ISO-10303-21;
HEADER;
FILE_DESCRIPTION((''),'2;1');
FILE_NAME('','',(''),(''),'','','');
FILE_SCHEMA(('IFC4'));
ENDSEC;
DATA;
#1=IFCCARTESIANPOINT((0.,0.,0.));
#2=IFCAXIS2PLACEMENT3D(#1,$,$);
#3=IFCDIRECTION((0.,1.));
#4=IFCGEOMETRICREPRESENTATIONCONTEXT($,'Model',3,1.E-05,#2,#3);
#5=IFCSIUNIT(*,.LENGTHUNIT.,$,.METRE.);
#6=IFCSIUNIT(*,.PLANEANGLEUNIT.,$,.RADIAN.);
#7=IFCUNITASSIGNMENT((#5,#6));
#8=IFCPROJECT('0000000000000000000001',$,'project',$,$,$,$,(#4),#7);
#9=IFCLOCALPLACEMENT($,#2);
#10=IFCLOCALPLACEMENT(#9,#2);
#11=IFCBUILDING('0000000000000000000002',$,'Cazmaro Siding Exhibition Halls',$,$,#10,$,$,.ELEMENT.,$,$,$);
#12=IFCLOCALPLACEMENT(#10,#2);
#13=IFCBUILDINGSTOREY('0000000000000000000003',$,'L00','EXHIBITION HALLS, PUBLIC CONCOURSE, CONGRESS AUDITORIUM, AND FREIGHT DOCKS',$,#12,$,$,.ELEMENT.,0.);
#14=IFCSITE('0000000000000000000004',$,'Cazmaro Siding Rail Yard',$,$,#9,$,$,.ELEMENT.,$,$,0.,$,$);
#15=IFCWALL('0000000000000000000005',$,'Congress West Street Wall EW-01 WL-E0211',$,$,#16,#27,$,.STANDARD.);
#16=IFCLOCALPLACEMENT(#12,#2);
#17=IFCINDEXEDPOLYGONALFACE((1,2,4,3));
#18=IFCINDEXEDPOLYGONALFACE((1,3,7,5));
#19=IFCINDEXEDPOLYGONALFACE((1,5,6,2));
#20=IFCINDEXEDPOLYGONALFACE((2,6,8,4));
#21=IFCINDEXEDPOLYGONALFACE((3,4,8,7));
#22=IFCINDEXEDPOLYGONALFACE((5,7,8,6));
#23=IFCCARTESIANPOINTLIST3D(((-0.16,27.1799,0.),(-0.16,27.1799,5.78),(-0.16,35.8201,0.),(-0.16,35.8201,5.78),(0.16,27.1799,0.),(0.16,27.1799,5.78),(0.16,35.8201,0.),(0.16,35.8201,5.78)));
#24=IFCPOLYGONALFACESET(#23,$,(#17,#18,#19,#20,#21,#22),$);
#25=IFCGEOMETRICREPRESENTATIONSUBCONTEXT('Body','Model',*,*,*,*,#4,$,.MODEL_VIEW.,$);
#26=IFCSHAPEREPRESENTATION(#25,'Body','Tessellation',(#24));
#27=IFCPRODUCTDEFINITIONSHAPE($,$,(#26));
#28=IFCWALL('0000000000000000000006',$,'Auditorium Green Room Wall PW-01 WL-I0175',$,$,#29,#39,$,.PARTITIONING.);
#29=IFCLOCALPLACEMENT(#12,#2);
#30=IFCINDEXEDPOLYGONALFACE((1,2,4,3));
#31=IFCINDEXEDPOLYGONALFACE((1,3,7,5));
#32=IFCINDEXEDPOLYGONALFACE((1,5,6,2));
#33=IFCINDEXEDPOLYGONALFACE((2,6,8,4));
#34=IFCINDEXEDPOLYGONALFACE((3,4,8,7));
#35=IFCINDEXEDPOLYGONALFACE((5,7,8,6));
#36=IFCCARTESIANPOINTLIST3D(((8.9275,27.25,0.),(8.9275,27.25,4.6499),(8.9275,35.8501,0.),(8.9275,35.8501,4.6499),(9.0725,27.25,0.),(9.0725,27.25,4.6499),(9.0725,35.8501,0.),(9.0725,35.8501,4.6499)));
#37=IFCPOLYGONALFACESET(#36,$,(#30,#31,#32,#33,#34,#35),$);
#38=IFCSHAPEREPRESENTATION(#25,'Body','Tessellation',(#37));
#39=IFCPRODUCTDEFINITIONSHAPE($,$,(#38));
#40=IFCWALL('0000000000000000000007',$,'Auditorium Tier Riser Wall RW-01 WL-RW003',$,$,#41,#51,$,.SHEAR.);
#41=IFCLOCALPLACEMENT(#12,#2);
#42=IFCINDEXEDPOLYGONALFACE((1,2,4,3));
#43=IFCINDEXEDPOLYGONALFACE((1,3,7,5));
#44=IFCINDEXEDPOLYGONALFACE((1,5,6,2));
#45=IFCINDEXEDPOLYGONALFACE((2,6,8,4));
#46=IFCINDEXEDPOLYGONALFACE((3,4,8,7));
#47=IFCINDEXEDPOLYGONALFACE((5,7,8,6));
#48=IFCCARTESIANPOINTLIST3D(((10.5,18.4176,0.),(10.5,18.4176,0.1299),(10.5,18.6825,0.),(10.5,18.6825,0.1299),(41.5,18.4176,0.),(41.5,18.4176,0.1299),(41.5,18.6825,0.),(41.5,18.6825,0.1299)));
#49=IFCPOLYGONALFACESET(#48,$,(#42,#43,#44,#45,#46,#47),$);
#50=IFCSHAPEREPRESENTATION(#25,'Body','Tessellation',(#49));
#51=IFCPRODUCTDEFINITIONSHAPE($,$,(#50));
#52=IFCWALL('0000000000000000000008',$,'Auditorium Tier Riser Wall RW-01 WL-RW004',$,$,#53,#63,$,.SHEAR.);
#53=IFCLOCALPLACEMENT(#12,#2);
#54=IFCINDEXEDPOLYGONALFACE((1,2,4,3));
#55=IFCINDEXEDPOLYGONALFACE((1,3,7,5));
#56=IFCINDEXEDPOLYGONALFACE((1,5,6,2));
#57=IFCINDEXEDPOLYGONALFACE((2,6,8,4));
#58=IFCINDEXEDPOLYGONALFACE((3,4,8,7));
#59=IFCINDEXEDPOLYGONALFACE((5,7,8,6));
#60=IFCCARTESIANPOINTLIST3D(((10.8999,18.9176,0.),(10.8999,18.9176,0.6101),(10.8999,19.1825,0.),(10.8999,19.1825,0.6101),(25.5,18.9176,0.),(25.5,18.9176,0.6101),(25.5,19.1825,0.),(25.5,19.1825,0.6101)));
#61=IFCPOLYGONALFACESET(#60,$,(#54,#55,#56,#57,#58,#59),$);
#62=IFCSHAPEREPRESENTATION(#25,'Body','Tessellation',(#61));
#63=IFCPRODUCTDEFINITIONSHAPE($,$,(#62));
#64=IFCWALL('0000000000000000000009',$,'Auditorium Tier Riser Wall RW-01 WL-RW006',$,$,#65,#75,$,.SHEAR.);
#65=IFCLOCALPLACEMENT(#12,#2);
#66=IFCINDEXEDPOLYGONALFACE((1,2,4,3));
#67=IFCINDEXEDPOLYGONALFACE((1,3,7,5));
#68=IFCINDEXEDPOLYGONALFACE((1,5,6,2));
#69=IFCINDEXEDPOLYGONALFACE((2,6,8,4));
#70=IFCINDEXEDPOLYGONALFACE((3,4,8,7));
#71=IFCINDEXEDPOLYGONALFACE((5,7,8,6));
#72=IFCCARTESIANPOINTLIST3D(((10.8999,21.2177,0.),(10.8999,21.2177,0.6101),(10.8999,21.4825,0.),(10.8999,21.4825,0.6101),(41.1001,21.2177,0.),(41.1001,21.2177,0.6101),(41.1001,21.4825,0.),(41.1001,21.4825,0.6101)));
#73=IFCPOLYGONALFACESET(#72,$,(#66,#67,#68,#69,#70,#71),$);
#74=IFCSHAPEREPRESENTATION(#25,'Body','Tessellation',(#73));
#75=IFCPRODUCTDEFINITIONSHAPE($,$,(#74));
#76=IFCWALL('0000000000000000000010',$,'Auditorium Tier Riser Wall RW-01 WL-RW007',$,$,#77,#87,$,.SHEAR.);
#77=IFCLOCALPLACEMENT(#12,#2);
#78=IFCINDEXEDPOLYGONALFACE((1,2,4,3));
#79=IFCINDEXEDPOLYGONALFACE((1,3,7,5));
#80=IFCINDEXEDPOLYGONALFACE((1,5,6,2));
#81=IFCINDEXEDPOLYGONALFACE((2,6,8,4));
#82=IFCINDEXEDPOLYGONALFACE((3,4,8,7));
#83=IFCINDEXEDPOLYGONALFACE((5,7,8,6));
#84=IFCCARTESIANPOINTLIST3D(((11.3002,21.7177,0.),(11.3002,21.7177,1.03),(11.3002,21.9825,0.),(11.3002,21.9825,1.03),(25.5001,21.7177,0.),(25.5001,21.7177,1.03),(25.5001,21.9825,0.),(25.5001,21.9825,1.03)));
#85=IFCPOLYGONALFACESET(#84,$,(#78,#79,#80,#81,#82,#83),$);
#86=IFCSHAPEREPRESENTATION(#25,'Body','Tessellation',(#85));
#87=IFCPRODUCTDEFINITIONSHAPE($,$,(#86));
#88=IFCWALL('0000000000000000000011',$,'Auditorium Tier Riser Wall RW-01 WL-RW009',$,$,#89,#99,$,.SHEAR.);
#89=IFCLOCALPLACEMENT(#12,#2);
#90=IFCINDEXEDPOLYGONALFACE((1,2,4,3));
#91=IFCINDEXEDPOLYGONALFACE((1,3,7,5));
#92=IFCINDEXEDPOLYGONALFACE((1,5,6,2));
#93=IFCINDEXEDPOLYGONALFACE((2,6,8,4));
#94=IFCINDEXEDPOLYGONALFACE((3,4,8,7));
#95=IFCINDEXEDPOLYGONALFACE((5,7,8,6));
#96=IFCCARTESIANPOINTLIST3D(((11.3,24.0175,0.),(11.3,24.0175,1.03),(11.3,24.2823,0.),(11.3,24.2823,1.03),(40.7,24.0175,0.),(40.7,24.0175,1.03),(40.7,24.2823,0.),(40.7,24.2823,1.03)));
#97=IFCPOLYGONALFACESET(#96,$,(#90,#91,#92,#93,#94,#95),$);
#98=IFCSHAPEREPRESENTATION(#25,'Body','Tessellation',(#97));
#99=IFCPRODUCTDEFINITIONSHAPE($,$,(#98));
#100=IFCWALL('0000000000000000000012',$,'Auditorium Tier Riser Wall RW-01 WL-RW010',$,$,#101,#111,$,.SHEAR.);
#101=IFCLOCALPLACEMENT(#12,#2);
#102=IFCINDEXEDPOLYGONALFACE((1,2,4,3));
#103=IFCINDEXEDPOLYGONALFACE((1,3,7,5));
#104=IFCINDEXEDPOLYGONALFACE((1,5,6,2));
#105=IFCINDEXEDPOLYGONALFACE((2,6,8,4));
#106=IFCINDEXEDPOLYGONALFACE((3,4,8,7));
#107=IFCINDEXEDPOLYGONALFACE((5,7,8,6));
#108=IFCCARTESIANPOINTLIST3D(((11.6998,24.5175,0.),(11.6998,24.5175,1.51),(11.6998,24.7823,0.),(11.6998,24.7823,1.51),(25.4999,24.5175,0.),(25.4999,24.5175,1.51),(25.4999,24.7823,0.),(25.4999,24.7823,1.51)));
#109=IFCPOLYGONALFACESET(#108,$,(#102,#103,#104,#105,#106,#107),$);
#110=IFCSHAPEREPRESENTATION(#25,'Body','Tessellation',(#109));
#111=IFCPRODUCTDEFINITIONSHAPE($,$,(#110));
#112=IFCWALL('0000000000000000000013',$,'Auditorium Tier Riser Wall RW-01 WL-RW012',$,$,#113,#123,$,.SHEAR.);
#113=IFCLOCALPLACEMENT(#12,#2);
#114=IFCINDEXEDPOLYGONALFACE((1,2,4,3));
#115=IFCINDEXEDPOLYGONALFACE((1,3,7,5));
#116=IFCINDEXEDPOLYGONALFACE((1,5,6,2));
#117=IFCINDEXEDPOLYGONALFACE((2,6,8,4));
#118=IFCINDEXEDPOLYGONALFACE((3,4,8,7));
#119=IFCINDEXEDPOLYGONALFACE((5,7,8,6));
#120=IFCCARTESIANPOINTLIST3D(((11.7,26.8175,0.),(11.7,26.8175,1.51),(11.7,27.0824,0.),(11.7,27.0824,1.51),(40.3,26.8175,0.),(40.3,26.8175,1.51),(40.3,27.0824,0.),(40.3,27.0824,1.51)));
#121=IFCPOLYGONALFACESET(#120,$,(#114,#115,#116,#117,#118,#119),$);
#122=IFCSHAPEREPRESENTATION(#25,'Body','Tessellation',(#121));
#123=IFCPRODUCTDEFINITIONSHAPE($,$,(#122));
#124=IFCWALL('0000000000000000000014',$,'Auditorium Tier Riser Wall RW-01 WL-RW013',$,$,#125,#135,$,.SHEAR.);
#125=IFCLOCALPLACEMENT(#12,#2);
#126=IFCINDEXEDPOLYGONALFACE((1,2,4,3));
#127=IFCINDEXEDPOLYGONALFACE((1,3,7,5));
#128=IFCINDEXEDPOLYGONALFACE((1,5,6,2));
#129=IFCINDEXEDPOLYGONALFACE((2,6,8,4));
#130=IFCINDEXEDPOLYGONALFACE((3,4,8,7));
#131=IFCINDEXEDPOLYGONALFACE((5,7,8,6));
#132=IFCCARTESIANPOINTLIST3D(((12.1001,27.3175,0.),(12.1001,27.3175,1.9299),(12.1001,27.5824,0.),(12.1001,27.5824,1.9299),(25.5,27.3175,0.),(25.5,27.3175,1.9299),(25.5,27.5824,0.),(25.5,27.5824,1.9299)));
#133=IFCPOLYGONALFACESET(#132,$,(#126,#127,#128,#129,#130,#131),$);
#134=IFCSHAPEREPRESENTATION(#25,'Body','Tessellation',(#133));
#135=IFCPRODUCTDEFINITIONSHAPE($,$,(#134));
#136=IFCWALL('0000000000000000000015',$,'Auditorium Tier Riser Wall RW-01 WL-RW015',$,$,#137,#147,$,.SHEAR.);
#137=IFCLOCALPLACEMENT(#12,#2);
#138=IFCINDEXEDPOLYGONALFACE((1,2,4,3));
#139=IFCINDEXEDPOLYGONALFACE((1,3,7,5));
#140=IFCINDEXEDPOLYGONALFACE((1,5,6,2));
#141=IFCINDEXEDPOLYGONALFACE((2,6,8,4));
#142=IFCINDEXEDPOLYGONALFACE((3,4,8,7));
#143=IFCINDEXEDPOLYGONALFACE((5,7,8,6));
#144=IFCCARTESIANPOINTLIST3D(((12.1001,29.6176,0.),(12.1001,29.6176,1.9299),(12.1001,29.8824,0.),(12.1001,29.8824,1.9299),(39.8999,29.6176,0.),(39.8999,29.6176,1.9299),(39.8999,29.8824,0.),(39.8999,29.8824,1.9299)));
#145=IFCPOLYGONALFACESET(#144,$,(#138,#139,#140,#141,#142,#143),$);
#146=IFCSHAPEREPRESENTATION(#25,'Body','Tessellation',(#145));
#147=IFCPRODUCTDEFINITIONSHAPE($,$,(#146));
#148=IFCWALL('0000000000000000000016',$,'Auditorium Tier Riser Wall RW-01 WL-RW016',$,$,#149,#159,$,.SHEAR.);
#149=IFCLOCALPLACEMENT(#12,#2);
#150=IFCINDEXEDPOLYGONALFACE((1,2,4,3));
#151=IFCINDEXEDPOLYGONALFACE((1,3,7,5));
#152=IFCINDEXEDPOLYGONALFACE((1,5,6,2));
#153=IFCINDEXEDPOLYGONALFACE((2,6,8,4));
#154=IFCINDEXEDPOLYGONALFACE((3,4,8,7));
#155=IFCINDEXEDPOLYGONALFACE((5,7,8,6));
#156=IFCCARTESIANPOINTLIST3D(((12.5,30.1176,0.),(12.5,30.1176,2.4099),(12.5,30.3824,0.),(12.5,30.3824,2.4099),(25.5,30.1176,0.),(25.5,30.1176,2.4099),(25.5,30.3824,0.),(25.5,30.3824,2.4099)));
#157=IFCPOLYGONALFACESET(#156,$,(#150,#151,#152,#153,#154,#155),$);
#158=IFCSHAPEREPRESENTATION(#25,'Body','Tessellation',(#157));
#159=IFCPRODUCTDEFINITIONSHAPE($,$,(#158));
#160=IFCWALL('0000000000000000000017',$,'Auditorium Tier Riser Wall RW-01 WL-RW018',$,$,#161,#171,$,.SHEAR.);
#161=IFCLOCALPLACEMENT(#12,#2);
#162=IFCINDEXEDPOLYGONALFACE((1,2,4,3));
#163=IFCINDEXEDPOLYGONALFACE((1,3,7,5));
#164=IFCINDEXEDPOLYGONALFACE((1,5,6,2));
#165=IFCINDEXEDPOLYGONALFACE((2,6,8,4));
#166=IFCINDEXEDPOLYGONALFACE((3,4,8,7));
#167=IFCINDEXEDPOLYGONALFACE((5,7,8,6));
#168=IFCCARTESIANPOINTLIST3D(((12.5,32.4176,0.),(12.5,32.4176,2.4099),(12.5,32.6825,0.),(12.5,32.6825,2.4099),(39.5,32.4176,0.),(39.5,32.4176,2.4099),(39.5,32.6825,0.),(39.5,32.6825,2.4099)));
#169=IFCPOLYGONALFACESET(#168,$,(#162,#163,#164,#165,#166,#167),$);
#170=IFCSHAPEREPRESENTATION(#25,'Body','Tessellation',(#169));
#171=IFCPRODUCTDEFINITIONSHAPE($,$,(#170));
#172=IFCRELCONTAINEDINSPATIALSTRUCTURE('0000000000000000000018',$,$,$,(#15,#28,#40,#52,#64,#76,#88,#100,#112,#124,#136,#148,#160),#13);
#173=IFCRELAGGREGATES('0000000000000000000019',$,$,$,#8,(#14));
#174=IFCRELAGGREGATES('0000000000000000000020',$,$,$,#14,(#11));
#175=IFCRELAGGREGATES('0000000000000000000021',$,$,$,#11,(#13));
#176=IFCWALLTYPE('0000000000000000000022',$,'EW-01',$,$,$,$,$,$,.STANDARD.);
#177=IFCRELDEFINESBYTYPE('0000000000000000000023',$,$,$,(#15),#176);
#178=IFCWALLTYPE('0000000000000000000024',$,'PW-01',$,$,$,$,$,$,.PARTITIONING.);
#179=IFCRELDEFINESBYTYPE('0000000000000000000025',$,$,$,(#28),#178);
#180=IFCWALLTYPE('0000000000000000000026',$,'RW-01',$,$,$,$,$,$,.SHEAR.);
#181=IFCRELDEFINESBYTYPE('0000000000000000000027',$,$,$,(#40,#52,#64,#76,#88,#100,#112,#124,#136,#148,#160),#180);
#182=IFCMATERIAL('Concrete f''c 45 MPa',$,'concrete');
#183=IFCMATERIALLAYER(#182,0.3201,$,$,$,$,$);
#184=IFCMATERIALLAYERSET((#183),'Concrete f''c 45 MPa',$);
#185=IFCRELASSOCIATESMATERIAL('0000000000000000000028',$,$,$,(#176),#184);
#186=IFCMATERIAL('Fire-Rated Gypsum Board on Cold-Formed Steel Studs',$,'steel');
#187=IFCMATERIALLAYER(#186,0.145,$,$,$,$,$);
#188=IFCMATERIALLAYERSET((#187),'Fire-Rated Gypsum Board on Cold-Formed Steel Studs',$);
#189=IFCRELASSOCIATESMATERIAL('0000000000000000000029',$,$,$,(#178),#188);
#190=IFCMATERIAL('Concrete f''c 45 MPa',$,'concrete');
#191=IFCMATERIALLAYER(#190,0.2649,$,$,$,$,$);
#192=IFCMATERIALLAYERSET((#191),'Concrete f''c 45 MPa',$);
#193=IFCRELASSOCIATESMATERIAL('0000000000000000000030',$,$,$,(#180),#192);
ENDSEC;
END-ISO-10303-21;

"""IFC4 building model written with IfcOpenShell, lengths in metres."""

from ifc_helpers import new_model, si_unit, direction, frame, frame_2d, origin, place, context, subcontext, project, spatial, rectangle, extrude, material, layer, layer_set, type_object, element, save


model = new_model("IFC4")

# Units and contexts
model_context = context("Model", 3, precision=1e-05, world=origin(), true_north=direction((0.0, 1.0)))
body_context = subcontext(model_context, "Body", "Model", "MODEL_VIEW")
ifc_project = project(units=[si_unit("LENGTHUNIT", "METRE"), si_unit("PLANEANGLEUNIT", "RADIAN")], contexts=[model_context])

# Site, building, storey
site_placement = place(None, origin())
site = spatial("IfcSite", under=ifc_project, at=site_placement, Name="Cazmaro Siding Rail Yard", CompositionType="ELEMENT", RefElevation=0.0)
building_placement = place(site_placement, origin())
building = spatial("IfcBuilding", under=site, at=building_placement, Name="Cazmaro Siding Exhibition Halls", CompositionType="ELEMENT")
storey_placement = place(building_placement, origin())
storey = spatial("IfcBuildingStorey", under=building, at=storey_placement, Name="L00", Description="EXHIBITION HALLS, PUBLIC CONCOURSE, CONGRESS AUDITORIUM, AND FREIGHT DOCKS", CompositionType="ELEMENT", Elevation=0.0)

# Walls
ifc_material_1 = material(Name="Concrete f'c 45 MPa", Category="concrete")
ifc_layer_1 = layer(ifc_material_1, 0.3201)
ifc_layer_set_1 = layer_set([ifc_layer_1], Name="Concrete f'c 45 MPa")
wall_type_1 = type_object("IfcWallType", Name="EW-01", PredefinedType="STANDARD", material=ifc_layer_set_1)
wall_1_placement = place(storey_placement, frame((0.0, 27.1799, 0.0), z_axis=(0.0, 0.0, 1.0), x_axis=(0.0, 1.0, 0.0)))
element("IfcWall", 1, at=wall_1_placement, inside=storey, type_object=wall_type_1, Name="Congress West Street Wall EW-01 WL-E0211", PredefinedType="STANDARD", context=body_context, shape_type="SweptSolid", body=[
    extrude(rectangle(XDim=8.6401, YDim=0.3201, at=frame_2d((4.3201, 0.0))), origin(), (0.0, 0.0, 1.0), 5.78),
])
ifc_material_2 = material(Name="Fire-Rated Gypsum Board on Cold-Formed Steel Studs", Category="steel")
ifc_layer_2 = layer(ifc_material_2, 0.145)
ifc_layer_set_2 = layer_set([ifc_layer_2], Name="Fire-Rated Gypsum Board on Cold-Formed Steel Studs")
wall_type_2 = type_object("IfcWallType", Name="PW-01", PredefinedType="PARTITIONING", material=ifc_layer_set_2)
wall_2_placement = place(storey_placement, frame((9.0, 27.25, 0.0), z_axis=(0.0, 0.0, 1.0), x_axis=(0.0, 1.0, 0.0)))
element("IfcWall", 2, at=wall_2_placement, inside=storey, type_object=wall_type_2, Name="Auditorium Green Room Wall PW-01 WL-I0175", PredefinedType="PARTITIONING", context=body_context, shape_type="SweptSolid", body=[
    extrude(rectangle(XDim=8.6001, YDim=0.145, at=frame_2d((4.3, 0.0))), origin(), (0.0, 0.0, 1.0), 4.6499),
])
ifc_material_3 = material(Name="Concrete f'c 45 MPa", Category="concrete")
ifc_layer_3 = layer(ifc_material_3, 0.2649)
ifc_layer_set_3 = layer_set([ifc_layer_3], Name="Concrete f'c 45 MPa")
wall_type_3 = type_object("IfcWallType", Name="RW-01", PredefinedType="SHEAR", material=ifc_layer_set_3)
wall_3_placement = place(storey_placement, frame((10.5, 18.55, 0.0), z_axis=(0.0, 0.0, 1.0), x_axis=(1.0, 0.0, 0.0)))
element("IfcWall", 3, at=wall_3_placement, inside=storey, type_object=wall_type_3, Name="Auditorium Tier Riser Wall RW-01 WL-RW003", PredefinedType="SHEAR", context=body_context, shape_type="SweptSolid", body=[
    extrude(rectangle(XDim=31.0, YDim=0.2649, at=frame_2d((15.5, 0.0))), origin(), (0.0, 0.0, 1.0), 0.1299),
])
wall_4_placement = place(storey_placement, frame((10.8999, 19.05, 0.0), z_axis=(0.0, 0.0, 1.0), x_axis=(1.0, 0.0, 0.0)))
element("IfcWall", 4, at=wall_4_placement, inside=storey, type_object=wall_type_3, Name="Auditorium Tier Riser Wall RW-01 WL-RW004", PredefinedType="SHEAR", context=body_context, shape_type="SweptSolid", body=[
    extrude(rectangle(XDim=14.6001, YDim=0.2649, at=frame_2d((7.3, 0.0))), origin(), (0.0, 0.0, 1.0), 0.6101),
])
wall_5_placement = place(storey_placement, frame((10.8999, 21.3501, 0.0), z_axis=(0.0, 0.0, 1.0), x_axis=(1.0, 0.0, 0.0)))
element("IfcWall", 5, at=wall_5_placement, inside=storey, type_object=wall_type_3, Name="Auditorium Tier Riser Wall RW-01 WL-RW006", PredefinedType="SHEAR", context=body_context, shape_type="SweptSolid", body=[
    extrude(rectangle(XDim=30.2002, YDim=0.2649, at=frame_2d((15.1001, 0.0))), origin(), (0.0, 0.0, 1.0), 0.6101),
])
wall_6_placement = place(storey_placement, frame((11.3, 21.8501, 0.0), z_axis=(0.0, 0.0, 1.0), x_axis=(1.0, 0.0, 0.0)))
element("IfcWall", 6, at=wall_6_placement, inside=storey, type_object=wall_type_3, Name="Auditorium Tier Riser Wall RW-01 WL-RW007", PredefinedType="SHEAR", context=body_context, shape_type="SweptSolid", body=[
    extrude(rectangle(XDim=14.2, YDim=0.2649, at=frame_2d((7.1001, 0.0))), origin(), (0.0, 0.0, 1.0), 1.03),
])
wall_7_placement = place(storey_placement, frame((11.3, 24.1499, 0.0), z_axis=(0.0, 0.0, 1.0), x_axis=(1.0, 0.0, 0.0)))
element("IfcWall", 7, at=wall_7_placement, inside=storey, type_object=wall_type_3, Name="Auditorium Tier Riser Wall RW-01 WL-RW009", PredefinedType="SHEAR", context=body_context, shape_type="SweptSolid", body=[
    extrude(rectangle(XDim=29.3999, YDim=0.2649, at=frame_2d((14.7, 0.0))), origin(), (0.0, 0.0, 1.0), 1.03),
])
wall_8_placement = place(storey_placement, frame((11.7, 24.6499, 0.0), z_axis=(0.0, 0.0, 1.0), x_axis=(1.0, 0.0, 0.0)))
element("IfcWall", 8, at=wall_8_placement, inside=storey, type_object=wall_type_3, Name="Auditorium Tier Riser Wall RW-01 WL-RW010", PredefinedType="SHEAR", context=body_context, shape_type="SweptSolid", body=[
    extrude(rectangle(XDim=13.8, YDim=0.2649, at=frame_2d((6.8999, 0.0))), origin(), (0.0, 0.0, 1.0), 1.51),
])
wall_9_placement = place(storey_placement, frame((11.7, 26.95, 0.0), z_axis=(0.0, 0.0, 1.0), x_axis=(1.0, 0.0, 0.0)))
element("IfcWall", 9, at=wall_9_placement, inside=storey, type_object=wall_type_3, Name="Auditorium Tier Riser Wall RW-01 WL-RW012", PredefinedType="SHEAR", context=body_context, shape_type="SweptSolid", body=[
    extrude(rectangle(XDim=28.6001, YDim=0.2649, at=frame_2d((14.3, 0.0))), origin(), (0.0, 0.0, 1.0), 1.51),
])
wall_10_placement = place(storey_placement, frame((12.1001, 27.45, 0.0), z_axis=(0.0, 0.0, 1.0), x_axis=(1.0, 0.0, 0.0)))
element("IfcWall", 10, at=wall_10_placement, inside=storey, type_object=wall_type_3, Name="Auditorium Tier Riser Wall RW-01 WL-RW013", PredefinedType="SHEAR", context=body_context, shape_type="SweptSolid", body=[
    extrude(rectangle(XDim=13.3999, YDim=0.2649, at=frame_2d((6.7, 0.0))), origin(), (0.0, 0.0, 1.0), 1.9299),
])
wall_11_placement = place(storey_placement, frame((12.1001, 29.75, 0.0), z_axis=(0.0, 0.0, 1.0), x_axis=(1.0, 0.0, 0.0)))
element("IfcWall", 11, at=wall_11_placement, inside=storey, type_object=wall_type_3, Name="Auditorium Tier Riser Wall RW-01 WL-RW015", PredefinedType="SHEAR", context=body_context, shape_type="SweptSolid", body=[
    extrude(rectangle(XDim=27.7998, YDim=0.2649, at=frame_2d((13.8999, 0.0))), origin(), (0.0, 0.0, 1.0), 1.9299),
])
wall_12_placement = place(storey_placement, frame((12.5, 30.25, 0.0), z_axis=(0.0, 0.0, 1.0), x_axis=(1.0, 0.0, 0.0)))
element("IfcWall", 12, at=wall_12_placement, inside=storey, type_object=wall_type_3, Name="Auditorium Tier Riser Wall RW-01 WL-RW016", PredefinedType="SHEAR", context=body_context, shape_type="SweptSolid", body=[
    extrude(rectangle(XDim=13.0, YDim=0.2649, at=frame_2d((6.5, 0.0))), origin(), (0.0, 0.0, 1.0), 2.4099),
])
wall_13_placement = place(storey_placement, frame((12.5, 32.55, 0.0), z_axis=(0.0, 0.0, 1.0), x_axis=(1.0, 0.0, 0.0)))
element("IfcWall", 13, at=wall_13_placement, inside=storey, type_object=wall_type_3, Name="Auditorium Tier Riser Wall RW-01 WL-RW018", PredefinedType="SHEAR", context=body_context, shape_type="SweptSolid", body=[
    extrude(rectangle(XDim=27.0, YDim=0.2649, at=frame_2d((13.5, 0.0))), origin(), (0.0, 0.0, 1.0), 2.4099),
])

save(model, "model.ifc")
